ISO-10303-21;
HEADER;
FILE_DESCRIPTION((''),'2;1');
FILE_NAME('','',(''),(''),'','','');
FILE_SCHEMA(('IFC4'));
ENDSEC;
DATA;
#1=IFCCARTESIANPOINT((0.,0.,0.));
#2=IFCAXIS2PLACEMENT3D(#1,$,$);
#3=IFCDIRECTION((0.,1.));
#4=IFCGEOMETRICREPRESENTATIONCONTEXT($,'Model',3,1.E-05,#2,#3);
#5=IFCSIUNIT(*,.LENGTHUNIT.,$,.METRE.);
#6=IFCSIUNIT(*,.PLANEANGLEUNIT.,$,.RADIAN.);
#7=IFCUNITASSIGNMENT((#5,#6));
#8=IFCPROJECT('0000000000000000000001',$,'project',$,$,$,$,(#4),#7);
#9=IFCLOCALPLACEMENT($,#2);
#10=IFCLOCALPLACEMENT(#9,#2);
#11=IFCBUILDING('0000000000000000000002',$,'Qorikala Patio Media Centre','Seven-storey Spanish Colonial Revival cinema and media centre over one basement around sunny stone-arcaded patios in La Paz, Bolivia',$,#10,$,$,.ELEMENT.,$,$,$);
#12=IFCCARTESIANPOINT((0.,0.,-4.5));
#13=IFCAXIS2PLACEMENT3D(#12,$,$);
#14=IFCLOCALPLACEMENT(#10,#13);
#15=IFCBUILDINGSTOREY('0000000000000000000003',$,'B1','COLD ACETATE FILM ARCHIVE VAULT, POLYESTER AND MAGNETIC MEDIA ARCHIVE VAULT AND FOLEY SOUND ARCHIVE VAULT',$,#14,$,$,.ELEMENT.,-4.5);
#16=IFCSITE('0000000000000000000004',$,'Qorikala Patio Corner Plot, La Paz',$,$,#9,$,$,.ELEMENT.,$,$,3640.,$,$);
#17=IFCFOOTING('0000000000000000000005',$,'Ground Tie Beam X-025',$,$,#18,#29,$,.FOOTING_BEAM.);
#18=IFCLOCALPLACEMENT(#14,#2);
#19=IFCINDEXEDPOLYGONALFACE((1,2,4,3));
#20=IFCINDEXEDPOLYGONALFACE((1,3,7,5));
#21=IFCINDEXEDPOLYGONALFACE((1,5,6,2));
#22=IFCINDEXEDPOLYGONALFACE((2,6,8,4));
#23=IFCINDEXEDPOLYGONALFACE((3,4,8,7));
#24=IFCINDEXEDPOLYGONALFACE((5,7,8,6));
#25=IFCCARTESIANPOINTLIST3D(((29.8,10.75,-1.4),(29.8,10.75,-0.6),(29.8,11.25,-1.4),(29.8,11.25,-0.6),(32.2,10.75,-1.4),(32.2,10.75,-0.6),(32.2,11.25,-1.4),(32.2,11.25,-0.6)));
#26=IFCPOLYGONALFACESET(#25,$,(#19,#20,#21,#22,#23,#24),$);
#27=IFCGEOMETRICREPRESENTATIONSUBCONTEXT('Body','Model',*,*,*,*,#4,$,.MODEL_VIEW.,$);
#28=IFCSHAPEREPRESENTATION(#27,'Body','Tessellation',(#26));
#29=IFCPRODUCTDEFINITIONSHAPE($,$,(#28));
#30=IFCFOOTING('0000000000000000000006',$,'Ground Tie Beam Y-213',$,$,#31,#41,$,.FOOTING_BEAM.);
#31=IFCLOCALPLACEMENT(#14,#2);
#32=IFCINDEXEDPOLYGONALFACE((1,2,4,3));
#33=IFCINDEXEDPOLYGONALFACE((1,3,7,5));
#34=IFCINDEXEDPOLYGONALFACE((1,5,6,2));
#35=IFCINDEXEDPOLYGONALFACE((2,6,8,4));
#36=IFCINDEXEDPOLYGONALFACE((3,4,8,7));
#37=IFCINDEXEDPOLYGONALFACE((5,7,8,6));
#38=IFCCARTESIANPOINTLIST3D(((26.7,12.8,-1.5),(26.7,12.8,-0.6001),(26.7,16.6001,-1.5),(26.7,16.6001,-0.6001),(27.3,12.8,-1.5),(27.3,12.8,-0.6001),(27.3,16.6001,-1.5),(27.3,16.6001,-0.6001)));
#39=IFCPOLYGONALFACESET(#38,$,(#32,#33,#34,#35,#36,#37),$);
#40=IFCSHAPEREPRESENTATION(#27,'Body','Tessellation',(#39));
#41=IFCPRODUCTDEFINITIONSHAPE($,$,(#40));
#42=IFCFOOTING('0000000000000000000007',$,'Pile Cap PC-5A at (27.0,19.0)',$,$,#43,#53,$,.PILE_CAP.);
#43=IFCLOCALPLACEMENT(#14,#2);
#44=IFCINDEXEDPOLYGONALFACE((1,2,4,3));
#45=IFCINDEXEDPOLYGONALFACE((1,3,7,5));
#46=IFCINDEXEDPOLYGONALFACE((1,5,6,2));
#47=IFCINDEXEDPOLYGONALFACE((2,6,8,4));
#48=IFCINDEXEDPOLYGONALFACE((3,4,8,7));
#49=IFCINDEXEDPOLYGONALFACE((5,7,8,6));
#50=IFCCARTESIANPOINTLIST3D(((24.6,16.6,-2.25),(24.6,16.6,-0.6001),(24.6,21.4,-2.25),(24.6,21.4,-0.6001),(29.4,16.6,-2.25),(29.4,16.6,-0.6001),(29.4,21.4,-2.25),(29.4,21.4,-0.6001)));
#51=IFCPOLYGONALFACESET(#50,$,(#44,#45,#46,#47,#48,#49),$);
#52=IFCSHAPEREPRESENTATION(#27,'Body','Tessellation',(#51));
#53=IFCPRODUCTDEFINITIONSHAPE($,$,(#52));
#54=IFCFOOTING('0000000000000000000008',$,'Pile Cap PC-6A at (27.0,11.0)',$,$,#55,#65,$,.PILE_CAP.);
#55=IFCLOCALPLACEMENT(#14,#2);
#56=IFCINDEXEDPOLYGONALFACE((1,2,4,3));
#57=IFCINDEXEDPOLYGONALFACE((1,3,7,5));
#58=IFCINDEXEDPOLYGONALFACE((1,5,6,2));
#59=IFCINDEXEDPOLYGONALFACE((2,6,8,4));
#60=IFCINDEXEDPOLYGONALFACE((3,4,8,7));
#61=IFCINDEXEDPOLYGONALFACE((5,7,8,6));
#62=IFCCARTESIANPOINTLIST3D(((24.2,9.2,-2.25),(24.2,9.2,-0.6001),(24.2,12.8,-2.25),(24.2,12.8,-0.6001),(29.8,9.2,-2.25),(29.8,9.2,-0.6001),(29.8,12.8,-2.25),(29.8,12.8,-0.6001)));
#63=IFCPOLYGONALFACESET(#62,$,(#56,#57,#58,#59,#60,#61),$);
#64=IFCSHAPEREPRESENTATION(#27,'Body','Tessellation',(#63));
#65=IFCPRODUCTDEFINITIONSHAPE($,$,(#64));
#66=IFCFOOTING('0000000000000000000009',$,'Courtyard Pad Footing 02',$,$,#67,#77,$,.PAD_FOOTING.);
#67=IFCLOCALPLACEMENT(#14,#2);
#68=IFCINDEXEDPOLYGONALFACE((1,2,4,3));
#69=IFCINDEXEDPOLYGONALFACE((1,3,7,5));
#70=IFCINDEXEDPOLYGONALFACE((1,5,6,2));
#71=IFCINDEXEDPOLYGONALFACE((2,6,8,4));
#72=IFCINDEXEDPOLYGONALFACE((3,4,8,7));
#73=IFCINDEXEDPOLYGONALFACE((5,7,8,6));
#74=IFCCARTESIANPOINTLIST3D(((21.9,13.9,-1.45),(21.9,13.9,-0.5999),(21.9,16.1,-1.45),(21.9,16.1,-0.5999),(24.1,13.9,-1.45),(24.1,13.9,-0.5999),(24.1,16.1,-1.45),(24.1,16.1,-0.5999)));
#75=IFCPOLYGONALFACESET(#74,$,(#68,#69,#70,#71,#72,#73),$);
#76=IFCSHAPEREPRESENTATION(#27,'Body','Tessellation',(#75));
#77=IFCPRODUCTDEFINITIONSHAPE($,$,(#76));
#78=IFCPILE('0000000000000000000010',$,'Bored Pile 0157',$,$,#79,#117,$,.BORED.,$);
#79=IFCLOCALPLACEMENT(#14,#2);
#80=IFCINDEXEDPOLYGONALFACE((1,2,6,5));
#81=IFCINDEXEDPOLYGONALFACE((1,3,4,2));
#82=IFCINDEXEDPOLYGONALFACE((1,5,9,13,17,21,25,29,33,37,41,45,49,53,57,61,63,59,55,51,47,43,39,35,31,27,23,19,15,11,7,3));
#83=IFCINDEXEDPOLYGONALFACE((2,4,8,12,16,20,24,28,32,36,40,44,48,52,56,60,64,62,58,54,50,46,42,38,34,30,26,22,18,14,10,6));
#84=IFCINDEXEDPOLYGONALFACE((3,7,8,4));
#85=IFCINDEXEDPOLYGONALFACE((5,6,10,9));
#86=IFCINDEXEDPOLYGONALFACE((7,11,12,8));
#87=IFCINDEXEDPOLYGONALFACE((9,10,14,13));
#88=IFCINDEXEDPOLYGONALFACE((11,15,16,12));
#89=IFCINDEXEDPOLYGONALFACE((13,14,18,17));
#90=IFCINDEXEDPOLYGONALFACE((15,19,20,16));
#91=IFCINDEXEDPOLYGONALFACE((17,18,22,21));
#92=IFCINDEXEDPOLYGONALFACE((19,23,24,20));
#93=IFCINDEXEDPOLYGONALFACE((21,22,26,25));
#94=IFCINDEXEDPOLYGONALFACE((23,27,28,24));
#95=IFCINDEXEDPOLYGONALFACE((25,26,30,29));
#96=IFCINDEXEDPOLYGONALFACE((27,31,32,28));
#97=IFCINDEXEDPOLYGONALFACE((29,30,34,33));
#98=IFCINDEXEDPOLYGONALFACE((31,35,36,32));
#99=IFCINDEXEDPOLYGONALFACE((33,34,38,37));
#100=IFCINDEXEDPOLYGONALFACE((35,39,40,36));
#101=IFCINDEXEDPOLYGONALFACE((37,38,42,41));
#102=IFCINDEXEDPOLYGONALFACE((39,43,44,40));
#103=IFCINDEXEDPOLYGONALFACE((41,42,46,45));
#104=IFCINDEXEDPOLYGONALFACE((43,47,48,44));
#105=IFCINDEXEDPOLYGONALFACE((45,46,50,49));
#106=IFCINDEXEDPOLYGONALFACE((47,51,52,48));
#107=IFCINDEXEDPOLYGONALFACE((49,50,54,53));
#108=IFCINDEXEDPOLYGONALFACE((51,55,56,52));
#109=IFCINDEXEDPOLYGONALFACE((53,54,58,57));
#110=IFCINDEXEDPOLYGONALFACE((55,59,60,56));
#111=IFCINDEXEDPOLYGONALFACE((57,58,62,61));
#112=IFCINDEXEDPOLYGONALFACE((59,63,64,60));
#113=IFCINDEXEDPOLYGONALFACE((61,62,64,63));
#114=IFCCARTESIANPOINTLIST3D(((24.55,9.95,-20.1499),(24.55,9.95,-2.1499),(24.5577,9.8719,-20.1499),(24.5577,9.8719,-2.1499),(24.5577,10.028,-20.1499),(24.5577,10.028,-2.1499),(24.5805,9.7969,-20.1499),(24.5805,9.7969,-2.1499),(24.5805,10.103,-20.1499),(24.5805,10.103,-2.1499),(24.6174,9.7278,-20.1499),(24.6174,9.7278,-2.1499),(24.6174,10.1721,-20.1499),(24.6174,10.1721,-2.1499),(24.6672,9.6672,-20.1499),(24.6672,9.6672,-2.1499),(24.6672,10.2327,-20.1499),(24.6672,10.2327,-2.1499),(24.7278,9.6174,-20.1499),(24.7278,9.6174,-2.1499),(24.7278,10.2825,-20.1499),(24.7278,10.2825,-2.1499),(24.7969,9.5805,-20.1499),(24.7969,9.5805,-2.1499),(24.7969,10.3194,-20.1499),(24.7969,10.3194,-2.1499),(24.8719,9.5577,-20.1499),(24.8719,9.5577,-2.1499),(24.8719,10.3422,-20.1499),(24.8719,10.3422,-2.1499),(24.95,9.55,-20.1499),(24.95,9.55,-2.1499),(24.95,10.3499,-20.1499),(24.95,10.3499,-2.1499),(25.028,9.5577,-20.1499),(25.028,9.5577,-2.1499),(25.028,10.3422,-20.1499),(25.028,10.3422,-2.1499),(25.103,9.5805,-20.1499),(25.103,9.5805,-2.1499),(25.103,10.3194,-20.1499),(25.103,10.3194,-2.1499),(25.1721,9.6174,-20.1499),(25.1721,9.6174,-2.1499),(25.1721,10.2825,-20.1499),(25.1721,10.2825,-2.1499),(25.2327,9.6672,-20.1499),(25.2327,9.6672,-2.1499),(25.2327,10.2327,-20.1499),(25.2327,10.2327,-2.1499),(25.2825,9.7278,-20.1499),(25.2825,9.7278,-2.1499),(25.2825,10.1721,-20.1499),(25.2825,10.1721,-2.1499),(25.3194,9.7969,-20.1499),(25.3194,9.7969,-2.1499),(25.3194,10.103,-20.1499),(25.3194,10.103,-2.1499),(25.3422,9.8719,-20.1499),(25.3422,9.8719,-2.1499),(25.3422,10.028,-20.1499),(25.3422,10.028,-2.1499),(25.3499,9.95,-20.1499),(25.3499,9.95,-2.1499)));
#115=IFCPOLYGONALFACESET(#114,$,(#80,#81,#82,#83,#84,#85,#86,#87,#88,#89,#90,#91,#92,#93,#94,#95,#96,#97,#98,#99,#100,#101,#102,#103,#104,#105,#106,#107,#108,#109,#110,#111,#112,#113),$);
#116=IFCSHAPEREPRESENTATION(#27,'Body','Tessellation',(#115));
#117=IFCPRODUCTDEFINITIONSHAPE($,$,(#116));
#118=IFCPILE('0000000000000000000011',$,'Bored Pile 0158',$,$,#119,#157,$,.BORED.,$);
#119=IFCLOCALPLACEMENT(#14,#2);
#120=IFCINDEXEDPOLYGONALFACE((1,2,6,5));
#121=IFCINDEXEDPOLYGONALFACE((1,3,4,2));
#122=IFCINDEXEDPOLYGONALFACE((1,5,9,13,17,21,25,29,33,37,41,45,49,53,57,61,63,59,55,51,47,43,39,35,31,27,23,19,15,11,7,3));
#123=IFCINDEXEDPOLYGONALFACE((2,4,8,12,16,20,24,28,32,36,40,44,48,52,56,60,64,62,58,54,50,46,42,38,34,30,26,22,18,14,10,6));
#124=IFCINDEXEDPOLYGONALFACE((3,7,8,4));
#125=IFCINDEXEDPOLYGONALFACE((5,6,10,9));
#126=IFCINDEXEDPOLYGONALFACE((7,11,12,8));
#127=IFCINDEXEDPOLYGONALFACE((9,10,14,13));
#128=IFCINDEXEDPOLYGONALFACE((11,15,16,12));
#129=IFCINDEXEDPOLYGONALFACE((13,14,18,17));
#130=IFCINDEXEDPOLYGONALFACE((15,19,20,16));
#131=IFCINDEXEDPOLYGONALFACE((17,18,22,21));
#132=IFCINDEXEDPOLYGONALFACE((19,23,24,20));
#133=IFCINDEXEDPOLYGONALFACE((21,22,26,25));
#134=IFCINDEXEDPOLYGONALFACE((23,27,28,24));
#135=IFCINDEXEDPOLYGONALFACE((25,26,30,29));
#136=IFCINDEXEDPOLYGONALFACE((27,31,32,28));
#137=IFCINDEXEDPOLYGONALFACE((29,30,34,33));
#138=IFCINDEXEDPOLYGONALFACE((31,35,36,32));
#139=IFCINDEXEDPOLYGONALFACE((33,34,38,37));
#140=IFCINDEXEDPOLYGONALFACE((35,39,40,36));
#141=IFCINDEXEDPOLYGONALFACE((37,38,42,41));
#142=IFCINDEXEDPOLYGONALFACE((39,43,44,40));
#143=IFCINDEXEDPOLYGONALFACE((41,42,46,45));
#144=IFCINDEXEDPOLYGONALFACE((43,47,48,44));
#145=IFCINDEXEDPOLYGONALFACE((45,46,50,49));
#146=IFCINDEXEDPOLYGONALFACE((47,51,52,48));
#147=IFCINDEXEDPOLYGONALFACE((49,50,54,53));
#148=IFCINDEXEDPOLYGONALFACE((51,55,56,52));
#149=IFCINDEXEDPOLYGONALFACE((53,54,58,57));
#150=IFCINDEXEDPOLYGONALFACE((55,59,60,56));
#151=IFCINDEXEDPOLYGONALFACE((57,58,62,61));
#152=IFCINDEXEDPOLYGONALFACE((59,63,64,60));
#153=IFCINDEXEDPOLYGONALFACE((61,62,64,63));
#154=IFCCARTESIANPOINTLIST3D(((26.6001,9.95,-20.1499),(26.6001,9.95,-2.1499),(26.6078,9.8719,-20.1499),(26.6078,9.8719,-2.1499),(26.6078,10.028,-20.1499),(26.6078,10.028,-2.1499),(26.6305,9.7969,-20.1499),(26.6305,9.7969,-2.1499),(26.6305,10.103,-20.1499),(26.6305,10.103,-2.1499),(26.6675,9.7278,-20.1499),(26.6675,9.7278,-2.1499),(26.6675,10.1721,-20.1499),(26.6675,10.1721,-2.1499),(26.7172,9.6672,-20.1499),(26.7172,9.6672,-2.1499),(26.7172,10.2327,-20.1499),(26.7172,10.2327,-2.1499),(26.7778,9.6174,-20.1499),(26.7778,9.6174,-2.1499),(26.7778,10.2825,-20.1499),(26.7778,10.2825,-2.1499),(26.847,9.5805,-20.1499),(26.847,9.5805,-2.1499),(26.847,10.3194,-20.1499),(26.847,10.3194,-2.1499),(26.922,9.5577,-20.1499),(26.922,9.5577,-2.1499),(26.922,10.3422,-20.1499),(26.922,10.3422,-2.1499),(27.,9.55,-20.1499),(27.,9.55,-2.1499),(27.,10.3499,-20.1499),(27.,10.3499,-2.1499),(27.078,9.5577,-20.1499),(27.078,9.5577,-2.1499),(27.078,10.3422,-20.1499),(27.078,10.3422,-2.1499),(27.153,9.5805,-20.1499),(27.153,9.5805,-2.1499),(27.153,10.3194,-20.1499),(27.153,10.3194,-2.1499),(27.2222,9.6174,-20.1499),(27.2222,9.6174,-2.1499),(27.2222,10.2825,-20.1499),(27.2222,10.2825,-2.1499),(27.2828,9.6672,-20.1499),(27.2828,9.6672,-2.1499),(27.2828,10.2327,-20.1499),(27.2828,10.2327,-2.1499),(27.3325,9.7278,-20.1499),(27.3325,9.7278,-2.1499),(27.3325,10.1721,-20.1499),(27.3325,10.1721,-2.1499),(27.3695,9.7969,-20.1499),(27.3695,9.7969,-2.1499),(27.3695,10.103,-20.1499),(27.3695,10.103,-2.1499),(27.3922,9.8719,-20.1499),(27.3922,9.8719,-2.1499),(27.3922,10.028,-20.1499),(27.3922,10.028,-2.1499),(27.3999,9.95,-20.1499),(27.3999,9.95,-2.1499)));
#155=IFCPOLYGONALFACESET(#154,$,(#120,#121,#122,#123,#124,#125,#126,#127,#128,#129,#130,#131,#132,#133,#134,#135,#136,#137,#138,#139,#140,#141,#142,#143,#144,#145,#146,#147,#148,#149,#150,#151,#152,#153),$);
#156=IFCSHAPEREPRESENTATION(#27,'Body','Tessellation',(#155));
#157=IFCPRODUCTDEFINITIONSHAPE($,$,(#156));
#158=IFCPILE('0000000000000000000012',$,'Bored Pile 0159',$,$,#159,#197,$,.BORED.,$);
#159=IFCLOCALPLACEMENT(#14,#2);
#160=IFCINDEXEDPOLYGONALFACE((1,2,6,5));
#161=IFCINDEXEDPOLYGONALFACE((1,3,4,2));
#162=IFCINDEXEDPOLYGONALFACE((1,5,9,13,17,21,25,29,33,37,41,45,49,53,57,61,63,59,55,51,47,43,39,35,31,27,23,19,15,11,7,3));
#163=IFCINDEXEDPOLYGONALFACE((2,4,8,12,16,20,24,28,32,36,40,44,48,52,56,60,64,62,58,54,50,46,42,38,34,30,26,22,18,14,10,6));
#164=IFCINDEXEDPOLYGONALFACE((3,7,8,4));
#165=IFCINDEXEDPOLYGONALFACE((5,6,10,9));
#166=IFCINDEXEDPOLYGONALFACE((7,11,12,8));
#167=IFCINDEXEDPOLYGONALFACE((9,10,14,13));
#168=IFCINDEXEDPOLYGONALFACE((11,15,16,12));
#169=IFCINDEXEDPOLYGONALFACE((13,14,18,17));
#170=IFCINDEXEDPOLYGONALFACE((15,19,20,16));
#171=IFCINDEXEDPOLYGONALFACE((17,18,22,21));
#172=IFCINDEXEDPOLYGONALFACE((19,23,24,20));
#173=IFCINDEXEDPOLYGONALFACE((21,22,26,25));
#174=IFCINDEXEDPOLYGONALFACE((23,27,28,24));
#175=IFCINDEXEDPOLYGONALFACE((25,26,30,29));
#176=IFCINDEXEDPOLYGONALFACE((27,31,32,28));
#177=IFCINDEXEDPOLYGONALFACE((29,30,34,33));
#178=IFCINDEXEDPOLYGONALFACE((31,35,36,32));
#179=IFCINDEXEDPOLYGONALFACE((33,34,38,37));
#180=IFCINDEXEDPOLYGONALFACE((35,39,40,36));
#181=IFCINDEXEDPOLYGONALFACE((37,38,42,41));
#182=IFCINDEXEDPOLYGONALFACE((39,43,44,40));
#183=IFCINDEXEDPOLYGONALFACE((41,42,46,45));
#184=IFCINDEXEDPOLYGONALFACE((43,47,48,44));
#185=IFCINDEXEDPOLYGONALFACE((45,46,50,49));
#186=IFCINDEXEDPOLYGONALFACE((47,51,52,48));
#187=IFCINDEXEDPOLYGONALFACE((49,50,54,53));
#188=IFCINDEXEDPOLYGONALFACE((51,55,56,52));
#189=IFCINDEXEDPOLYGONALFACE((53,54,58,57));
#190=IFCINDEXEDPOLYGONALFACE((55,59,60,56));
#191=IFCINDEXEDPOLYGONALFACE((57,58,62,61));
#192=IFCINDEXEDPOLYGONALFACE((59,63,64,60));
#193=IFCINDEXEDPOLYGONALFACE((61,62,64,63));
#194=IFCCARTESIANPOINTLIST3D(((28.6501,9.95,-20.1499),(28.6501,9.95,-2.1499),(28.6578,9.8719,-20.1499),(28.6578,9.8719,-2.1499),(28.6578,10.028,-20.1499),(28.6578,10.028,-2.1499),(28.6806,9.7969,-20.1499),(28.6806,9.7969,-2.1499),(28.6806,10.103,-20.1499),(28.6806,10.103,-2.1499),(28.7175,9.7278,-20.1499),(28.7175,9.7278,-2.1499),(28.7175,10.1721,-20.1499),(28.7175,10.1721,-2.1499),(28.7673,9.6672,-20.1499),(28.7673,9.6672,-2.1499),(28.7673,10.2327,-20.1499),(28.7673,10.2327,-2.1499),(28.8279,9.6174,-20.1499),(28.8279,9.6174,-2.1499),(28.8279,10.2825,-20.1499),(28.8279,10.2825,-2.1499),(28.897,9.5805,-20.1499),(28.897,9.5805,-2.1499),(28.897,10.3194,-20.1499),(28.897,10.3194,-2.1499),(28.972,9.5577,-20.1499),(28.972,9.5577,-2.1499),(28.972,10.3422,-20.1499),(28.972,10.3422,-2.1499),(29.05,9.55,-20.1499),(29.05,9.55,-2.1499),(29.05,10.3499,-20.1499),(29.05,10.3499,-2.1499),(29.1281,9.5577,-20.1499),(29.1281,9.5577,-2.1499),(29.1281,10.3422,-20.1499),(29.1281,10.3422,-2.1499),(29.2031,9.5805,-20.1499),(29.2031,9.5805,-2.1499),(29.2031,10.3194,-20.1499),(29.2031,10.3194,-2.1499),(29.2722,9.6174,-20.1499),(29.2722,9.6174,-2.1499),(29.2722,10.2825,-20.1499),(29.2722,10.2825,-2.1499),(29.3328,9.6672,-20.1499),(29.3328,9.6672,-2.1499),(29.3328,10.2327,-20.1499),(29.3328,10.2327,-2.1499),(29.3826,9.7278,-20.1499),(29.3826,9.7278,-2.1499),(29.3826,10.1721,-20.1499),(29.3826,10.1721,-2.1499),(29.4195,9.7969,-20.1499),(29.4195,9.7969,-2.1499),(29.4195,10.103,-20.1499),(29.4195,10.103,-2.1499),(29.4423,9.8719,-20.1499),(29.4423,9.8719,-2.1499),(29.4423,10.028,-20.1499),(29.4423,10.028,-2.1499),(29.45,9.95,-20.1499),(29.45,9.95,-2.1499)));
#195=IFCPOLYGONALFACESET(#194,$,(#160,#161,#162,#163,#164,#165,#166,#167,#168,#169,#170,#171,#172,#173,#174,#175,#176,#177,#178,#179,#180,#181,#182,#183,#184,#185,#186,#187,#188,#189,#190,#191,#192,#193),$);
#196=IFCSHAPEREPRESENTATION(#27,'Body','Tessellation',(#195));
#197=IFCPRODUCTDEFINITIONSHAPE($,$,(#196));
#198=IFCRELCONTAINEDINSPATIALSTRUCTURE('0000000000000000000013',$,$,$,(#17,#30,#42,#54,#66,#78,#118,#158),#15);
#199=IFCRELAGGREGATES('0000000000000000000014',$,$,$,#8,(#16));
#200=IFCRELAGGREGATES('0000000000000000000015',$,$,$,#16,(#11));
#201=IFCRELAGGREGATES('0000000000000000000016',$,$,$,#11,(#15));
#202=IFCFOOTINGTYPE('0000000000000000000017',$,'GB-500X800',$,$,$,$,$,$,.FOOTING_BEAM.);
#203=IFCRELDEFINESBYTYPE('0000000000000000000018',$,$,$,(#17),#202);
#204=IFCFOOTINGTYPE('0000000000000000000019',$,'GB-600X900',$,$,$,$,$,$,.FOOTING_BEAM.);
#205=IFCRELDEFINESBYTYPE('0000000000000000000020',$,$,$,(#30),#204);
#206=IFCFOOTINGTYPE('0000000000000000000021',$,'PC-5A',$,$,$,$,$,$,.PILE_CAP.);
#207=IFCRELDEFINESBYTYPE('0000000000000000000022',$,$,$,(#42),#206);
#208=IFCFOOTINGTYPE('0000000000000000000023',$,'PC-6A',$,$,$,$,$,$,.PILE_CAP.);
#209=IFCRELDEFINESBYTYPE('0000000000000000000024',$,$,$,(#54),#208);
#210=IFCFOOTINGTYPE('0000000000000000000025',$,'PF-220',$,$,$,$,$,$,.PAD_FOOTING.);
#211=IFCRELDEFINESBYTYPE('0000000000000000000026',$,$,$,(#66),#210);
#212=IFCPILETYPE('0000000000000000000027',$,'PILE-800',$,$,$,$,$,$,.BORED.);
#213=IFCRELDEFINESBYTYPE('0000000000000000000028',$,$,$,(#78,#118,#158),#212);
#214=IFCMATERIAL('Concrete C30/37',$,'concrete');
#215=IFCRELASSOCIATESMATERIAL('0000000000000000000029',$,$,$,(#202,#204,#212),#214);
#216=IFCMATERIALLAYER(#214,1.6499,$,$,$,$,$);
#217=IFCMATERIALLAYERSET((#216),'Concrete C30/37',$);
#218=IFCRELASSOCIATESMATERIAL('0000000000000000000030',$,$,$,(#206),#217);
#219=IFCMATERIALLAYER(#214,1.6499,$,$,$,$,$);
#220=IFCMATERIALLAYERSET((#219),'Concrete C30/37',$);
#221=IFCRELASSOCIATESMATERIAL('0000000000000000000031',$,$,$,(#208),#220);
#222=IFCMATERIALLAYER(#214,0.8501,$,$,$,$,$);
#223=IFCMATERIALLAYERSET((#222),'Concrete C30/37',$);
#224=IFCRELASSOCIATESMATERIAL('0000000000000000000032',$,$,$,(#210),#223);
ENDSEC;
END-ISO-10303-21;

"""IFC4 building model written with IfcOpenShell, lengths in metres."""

from ifc_helpers import new_model, si_unit, direction, frame, origin, origin_2d, place, context, subcontext, project, spatial, rectangle, circle, extrude, material, layer, layer_set, material_profile, profile_set, type_object, element, save


model = new_model("IFC4")

# Units and contexts
model_context = context("Model", 3, precision=1e-05, world=origin(), true_north=direction((0.0, 1.0)))
body_context = subcontext(model_context, "Body", "Model", "MODEL_VIEW")
ifc_project = project(units=[si_unit("LENGTHUNIT", "METRE"), si_unit("PLANEANGLEUNIT", "RADIAN")], contexts=[model_context])

# Site, building, storey
site_placement = place(None, origin())
site = spatial("IfcSite", under=ifc_project, at=site_placement, Name="Qorikala Patio Corner Plot, La Paz", CompositionType="ELEMENT", RefElevation=3640.0)
building_placement = place(site_placement, origin())
building = spatial("IfcBuilding", under=site, at=building_placement, Name="Qorikala Patio Media Centre", Description="Seven-storey Spanish Colonial Revival cinema and media centre over one basement around sunny stone-arcaded patios in La Paz, Bolivia", CompositionType="ELEMENT")
storey_placement = place(building_placement, frame((0.0, 0.0, -4.5)))
storey = spatial("IfcBuildingStorey", under=building, at=storey_placement, Name="B1", Description="COLD ACETATE FILM ARCHIVE VAULT, POLYESTER AND MAGNETIC MEDIA ARCHIVE VAULT AND FOLEY SOUND ARCHIVE VAULT", CompositionType="ELEMENT", Elevation=-4.5)

# Footings
ifc_material_1 = material(Name="Concrete C30/37", Category="concrete")
ifc_material_profile_1 = material_profile(ifc_material_1, rectangle(XDim=0.5, YDim=0.8, at=origin_2d()), Name="RC 500x800")
ifc_profile_set_1 = profile_set([ifc_material_profile_1], Name="Concrete C30/37")
footing_type_1 = type_object("IfcFootingType", Name="GB-500X800", PredefinedType="FOOTING_BEAM", material=ifc_profile_set_1)
footing_1_placement = place(storey_placement, frame((29.8, 11.0, -1.0), z_axis=(1.0, 0.0, 0.0), x_axis=(0.0, 1.0, 0.0)))
element("IfcFooting", 1, at=footing_1_placement, inside=storey, type_object=footing_type_1, Name="Ground Tie Beam X-025", PredefinedType="FOOTING_BEAM", context=body_context, shape_type="SweptSolid", body=[
    extrude(rectangle(XDim=0.5, YDim=0.8, at=origin_2d()), origin(), (0.0, 0.0, 1.0), 2.3999),
])
ifc_material_profile_2 = material_profile(ifc_material_1, rectangle(XDim=0.6001, YDim=0.8999, at=origin_2d()), Name="RC 600x900")
ifc_profile_set_2 = profile_set([ifc_material_profile_2], Name="Concrete C30/37")
footing_type_2 = type_object("IfcFootingType", Name="GB-600X900", PredefinedType="FOOTING_BEAM", material=ifc_profile_set_2)
footing_2_placement = place(storey_placement, frame((27.0, 12.8, -1.05), z_axis=(0.0, 1.0, 0.0), x_axis=(-1.0, 0.0, 0.0)))
element("IfcFooting", 2, at=footing_2_placement, inside=storey, type_object=footing_type_2, Name="Ground Tie Beam Y-213", PredefinedType="FOOTING_BEAM", context=body_context, shape_type="SweptSolid", body=[
    extrude(rectangle(XDim=0.6001, YDim=0.8999, at=origin_2d()), origin(), (0.0, 0.0, 1.0), 3.8),
])
ifc_layer_1 = layer(ifc_material_1, 1.6499)
ifc_layer_set_1 = layer_set([ifc_layer_1], Name="Concrete C30/37")
footing_type_3 = type_object("IfcFootingType", Name="PC-5A", PredefinedType="PILE_CAP", material=ifc_layer_set_1)
footing_3_placement = place(storey_placement, frame((27.0, 19.0, -2.25), z_axis=(0.0, 0.0, 1.0), x_axis=(1.0, 0.0, 0.0)))
element("IfcFooting", 3, at=footing_3_placement, inside=storey, type_object=footing_type_3, Name="Pile Cap PC-5A at (27.0,19.0)", PredefinedType="PILE_CAP", context=body_context, shape_type="SweptSolid", body=[
    extrude(rectangle(XDim=4.8, YDim=4.8, at=origin_2d()), origin(), (0.0, 0.0, 1.0), 1.6499),
])
ifc_layer_2 = layer(ifc_material_1, 1.6499)
ifc_layer_set_2 = layer_set([ifc_layer_2], Name="Concrete C30/37")
footing_type_4 = type_object("IfcFootingType", Name="PC-6A", PredefinedType="PILE_CAP", material=ifc_layer_set_2)
footing_4_placement = place(storey_placement, frame((27.0, 11.0, -2.25), z_axis=(0.0, 0.0, 1.0), x_axis=(1.0, 0.0, 0.0)))
element("IfcFooting", 4, at=footing_4_placement, inside=storey, type_object=footing_type_4, Name="Pile Cap PC-6A at (27.0,11.0)", PredefinedType="PILE_CAP", context=body_context, shape_type="SweptSolid", body=[
    extrude(rectangle(XDim=5.6001, YDim=3.6001, at=origin_2d()), origin(), (0.0, 0.0, 1.0), 1.6499),
])
ifc_layer_3 = layer(ifc_material_1, 0.8501)
ifc_layer_set_3 = layer_set([ifc_layer_3], Name="Concrete C30/37")
footing_type_5 = type_object("IfcFootingType", Name="PF-220", PredefinedType="PAD_FOOTING", material=ifc_layer_set_3)
footing_5_placement = place(storey_placement, frame((23.0, 15.0, -1.45), z_axis=(0.0, 0.0, 1.0), x_axis=(1.0, 0.0, 0.0)))
element("IfcFooting", 5, at=footing_5_placement, inside=storey, type_object=footing_type_5, Name="Courtyard Pad Footing 02", PredefinedType="PAD_FOOTING", context=body_context, shape_type="SweptSolid", body=[
    extrude(rectangle(XDim=2.2, YDim=2.2, at=origin_2d()), origin(), (0.0, 0.0, 1.0), 0.8501),
])

# Piles
ifc_material_profile_3 = material_profile(ifc_material_1, circle(Radius=0.3999, at=origin_2d()), Name="BORED PILE 800")
ifc_profile_set_3 = profile_set([ifc_material_profile_3], Name="Concrete C30/37")
pile_type = type_object("IfcPileType", Name="PILE-800", PredefinedType="BORED", material=ifc_profile_set_3)
for number, where, z_axis, x_axis, name in (
    (6, (24.95, 9.95, -2.1499), (0.0, 0.0, -1.0), (1.0, 0.0, 0.0), "Bored Pile 0157"),
    (7, (27.0, 9.95, -2.1499), (0.0, 0.0, -1.0), (1.0, 0.0, 0.0), "Bored Pile 0158"),
    (8, (29.05, 9.95, -2.1499), (0.0, 0.0, -1.0), (1.0, 0.0, 0.0), "Bored Pile 0159"),
):
    element("IfcPile", number, at=place(storey_placement, frame(where, z_axis=z_axis, x_axis=x_axis)), inside=storey, type_object=pile_type, Name=name, PredefinedType="BORED", context=body_context, shape_type="SweptSolid", body=[
        extrude(circle(Radius=0.3999, at=origin_2d()), origin(), (0.0, 0.0, 1.0), 18.0),
    ])

save(model, "model.ifc")
